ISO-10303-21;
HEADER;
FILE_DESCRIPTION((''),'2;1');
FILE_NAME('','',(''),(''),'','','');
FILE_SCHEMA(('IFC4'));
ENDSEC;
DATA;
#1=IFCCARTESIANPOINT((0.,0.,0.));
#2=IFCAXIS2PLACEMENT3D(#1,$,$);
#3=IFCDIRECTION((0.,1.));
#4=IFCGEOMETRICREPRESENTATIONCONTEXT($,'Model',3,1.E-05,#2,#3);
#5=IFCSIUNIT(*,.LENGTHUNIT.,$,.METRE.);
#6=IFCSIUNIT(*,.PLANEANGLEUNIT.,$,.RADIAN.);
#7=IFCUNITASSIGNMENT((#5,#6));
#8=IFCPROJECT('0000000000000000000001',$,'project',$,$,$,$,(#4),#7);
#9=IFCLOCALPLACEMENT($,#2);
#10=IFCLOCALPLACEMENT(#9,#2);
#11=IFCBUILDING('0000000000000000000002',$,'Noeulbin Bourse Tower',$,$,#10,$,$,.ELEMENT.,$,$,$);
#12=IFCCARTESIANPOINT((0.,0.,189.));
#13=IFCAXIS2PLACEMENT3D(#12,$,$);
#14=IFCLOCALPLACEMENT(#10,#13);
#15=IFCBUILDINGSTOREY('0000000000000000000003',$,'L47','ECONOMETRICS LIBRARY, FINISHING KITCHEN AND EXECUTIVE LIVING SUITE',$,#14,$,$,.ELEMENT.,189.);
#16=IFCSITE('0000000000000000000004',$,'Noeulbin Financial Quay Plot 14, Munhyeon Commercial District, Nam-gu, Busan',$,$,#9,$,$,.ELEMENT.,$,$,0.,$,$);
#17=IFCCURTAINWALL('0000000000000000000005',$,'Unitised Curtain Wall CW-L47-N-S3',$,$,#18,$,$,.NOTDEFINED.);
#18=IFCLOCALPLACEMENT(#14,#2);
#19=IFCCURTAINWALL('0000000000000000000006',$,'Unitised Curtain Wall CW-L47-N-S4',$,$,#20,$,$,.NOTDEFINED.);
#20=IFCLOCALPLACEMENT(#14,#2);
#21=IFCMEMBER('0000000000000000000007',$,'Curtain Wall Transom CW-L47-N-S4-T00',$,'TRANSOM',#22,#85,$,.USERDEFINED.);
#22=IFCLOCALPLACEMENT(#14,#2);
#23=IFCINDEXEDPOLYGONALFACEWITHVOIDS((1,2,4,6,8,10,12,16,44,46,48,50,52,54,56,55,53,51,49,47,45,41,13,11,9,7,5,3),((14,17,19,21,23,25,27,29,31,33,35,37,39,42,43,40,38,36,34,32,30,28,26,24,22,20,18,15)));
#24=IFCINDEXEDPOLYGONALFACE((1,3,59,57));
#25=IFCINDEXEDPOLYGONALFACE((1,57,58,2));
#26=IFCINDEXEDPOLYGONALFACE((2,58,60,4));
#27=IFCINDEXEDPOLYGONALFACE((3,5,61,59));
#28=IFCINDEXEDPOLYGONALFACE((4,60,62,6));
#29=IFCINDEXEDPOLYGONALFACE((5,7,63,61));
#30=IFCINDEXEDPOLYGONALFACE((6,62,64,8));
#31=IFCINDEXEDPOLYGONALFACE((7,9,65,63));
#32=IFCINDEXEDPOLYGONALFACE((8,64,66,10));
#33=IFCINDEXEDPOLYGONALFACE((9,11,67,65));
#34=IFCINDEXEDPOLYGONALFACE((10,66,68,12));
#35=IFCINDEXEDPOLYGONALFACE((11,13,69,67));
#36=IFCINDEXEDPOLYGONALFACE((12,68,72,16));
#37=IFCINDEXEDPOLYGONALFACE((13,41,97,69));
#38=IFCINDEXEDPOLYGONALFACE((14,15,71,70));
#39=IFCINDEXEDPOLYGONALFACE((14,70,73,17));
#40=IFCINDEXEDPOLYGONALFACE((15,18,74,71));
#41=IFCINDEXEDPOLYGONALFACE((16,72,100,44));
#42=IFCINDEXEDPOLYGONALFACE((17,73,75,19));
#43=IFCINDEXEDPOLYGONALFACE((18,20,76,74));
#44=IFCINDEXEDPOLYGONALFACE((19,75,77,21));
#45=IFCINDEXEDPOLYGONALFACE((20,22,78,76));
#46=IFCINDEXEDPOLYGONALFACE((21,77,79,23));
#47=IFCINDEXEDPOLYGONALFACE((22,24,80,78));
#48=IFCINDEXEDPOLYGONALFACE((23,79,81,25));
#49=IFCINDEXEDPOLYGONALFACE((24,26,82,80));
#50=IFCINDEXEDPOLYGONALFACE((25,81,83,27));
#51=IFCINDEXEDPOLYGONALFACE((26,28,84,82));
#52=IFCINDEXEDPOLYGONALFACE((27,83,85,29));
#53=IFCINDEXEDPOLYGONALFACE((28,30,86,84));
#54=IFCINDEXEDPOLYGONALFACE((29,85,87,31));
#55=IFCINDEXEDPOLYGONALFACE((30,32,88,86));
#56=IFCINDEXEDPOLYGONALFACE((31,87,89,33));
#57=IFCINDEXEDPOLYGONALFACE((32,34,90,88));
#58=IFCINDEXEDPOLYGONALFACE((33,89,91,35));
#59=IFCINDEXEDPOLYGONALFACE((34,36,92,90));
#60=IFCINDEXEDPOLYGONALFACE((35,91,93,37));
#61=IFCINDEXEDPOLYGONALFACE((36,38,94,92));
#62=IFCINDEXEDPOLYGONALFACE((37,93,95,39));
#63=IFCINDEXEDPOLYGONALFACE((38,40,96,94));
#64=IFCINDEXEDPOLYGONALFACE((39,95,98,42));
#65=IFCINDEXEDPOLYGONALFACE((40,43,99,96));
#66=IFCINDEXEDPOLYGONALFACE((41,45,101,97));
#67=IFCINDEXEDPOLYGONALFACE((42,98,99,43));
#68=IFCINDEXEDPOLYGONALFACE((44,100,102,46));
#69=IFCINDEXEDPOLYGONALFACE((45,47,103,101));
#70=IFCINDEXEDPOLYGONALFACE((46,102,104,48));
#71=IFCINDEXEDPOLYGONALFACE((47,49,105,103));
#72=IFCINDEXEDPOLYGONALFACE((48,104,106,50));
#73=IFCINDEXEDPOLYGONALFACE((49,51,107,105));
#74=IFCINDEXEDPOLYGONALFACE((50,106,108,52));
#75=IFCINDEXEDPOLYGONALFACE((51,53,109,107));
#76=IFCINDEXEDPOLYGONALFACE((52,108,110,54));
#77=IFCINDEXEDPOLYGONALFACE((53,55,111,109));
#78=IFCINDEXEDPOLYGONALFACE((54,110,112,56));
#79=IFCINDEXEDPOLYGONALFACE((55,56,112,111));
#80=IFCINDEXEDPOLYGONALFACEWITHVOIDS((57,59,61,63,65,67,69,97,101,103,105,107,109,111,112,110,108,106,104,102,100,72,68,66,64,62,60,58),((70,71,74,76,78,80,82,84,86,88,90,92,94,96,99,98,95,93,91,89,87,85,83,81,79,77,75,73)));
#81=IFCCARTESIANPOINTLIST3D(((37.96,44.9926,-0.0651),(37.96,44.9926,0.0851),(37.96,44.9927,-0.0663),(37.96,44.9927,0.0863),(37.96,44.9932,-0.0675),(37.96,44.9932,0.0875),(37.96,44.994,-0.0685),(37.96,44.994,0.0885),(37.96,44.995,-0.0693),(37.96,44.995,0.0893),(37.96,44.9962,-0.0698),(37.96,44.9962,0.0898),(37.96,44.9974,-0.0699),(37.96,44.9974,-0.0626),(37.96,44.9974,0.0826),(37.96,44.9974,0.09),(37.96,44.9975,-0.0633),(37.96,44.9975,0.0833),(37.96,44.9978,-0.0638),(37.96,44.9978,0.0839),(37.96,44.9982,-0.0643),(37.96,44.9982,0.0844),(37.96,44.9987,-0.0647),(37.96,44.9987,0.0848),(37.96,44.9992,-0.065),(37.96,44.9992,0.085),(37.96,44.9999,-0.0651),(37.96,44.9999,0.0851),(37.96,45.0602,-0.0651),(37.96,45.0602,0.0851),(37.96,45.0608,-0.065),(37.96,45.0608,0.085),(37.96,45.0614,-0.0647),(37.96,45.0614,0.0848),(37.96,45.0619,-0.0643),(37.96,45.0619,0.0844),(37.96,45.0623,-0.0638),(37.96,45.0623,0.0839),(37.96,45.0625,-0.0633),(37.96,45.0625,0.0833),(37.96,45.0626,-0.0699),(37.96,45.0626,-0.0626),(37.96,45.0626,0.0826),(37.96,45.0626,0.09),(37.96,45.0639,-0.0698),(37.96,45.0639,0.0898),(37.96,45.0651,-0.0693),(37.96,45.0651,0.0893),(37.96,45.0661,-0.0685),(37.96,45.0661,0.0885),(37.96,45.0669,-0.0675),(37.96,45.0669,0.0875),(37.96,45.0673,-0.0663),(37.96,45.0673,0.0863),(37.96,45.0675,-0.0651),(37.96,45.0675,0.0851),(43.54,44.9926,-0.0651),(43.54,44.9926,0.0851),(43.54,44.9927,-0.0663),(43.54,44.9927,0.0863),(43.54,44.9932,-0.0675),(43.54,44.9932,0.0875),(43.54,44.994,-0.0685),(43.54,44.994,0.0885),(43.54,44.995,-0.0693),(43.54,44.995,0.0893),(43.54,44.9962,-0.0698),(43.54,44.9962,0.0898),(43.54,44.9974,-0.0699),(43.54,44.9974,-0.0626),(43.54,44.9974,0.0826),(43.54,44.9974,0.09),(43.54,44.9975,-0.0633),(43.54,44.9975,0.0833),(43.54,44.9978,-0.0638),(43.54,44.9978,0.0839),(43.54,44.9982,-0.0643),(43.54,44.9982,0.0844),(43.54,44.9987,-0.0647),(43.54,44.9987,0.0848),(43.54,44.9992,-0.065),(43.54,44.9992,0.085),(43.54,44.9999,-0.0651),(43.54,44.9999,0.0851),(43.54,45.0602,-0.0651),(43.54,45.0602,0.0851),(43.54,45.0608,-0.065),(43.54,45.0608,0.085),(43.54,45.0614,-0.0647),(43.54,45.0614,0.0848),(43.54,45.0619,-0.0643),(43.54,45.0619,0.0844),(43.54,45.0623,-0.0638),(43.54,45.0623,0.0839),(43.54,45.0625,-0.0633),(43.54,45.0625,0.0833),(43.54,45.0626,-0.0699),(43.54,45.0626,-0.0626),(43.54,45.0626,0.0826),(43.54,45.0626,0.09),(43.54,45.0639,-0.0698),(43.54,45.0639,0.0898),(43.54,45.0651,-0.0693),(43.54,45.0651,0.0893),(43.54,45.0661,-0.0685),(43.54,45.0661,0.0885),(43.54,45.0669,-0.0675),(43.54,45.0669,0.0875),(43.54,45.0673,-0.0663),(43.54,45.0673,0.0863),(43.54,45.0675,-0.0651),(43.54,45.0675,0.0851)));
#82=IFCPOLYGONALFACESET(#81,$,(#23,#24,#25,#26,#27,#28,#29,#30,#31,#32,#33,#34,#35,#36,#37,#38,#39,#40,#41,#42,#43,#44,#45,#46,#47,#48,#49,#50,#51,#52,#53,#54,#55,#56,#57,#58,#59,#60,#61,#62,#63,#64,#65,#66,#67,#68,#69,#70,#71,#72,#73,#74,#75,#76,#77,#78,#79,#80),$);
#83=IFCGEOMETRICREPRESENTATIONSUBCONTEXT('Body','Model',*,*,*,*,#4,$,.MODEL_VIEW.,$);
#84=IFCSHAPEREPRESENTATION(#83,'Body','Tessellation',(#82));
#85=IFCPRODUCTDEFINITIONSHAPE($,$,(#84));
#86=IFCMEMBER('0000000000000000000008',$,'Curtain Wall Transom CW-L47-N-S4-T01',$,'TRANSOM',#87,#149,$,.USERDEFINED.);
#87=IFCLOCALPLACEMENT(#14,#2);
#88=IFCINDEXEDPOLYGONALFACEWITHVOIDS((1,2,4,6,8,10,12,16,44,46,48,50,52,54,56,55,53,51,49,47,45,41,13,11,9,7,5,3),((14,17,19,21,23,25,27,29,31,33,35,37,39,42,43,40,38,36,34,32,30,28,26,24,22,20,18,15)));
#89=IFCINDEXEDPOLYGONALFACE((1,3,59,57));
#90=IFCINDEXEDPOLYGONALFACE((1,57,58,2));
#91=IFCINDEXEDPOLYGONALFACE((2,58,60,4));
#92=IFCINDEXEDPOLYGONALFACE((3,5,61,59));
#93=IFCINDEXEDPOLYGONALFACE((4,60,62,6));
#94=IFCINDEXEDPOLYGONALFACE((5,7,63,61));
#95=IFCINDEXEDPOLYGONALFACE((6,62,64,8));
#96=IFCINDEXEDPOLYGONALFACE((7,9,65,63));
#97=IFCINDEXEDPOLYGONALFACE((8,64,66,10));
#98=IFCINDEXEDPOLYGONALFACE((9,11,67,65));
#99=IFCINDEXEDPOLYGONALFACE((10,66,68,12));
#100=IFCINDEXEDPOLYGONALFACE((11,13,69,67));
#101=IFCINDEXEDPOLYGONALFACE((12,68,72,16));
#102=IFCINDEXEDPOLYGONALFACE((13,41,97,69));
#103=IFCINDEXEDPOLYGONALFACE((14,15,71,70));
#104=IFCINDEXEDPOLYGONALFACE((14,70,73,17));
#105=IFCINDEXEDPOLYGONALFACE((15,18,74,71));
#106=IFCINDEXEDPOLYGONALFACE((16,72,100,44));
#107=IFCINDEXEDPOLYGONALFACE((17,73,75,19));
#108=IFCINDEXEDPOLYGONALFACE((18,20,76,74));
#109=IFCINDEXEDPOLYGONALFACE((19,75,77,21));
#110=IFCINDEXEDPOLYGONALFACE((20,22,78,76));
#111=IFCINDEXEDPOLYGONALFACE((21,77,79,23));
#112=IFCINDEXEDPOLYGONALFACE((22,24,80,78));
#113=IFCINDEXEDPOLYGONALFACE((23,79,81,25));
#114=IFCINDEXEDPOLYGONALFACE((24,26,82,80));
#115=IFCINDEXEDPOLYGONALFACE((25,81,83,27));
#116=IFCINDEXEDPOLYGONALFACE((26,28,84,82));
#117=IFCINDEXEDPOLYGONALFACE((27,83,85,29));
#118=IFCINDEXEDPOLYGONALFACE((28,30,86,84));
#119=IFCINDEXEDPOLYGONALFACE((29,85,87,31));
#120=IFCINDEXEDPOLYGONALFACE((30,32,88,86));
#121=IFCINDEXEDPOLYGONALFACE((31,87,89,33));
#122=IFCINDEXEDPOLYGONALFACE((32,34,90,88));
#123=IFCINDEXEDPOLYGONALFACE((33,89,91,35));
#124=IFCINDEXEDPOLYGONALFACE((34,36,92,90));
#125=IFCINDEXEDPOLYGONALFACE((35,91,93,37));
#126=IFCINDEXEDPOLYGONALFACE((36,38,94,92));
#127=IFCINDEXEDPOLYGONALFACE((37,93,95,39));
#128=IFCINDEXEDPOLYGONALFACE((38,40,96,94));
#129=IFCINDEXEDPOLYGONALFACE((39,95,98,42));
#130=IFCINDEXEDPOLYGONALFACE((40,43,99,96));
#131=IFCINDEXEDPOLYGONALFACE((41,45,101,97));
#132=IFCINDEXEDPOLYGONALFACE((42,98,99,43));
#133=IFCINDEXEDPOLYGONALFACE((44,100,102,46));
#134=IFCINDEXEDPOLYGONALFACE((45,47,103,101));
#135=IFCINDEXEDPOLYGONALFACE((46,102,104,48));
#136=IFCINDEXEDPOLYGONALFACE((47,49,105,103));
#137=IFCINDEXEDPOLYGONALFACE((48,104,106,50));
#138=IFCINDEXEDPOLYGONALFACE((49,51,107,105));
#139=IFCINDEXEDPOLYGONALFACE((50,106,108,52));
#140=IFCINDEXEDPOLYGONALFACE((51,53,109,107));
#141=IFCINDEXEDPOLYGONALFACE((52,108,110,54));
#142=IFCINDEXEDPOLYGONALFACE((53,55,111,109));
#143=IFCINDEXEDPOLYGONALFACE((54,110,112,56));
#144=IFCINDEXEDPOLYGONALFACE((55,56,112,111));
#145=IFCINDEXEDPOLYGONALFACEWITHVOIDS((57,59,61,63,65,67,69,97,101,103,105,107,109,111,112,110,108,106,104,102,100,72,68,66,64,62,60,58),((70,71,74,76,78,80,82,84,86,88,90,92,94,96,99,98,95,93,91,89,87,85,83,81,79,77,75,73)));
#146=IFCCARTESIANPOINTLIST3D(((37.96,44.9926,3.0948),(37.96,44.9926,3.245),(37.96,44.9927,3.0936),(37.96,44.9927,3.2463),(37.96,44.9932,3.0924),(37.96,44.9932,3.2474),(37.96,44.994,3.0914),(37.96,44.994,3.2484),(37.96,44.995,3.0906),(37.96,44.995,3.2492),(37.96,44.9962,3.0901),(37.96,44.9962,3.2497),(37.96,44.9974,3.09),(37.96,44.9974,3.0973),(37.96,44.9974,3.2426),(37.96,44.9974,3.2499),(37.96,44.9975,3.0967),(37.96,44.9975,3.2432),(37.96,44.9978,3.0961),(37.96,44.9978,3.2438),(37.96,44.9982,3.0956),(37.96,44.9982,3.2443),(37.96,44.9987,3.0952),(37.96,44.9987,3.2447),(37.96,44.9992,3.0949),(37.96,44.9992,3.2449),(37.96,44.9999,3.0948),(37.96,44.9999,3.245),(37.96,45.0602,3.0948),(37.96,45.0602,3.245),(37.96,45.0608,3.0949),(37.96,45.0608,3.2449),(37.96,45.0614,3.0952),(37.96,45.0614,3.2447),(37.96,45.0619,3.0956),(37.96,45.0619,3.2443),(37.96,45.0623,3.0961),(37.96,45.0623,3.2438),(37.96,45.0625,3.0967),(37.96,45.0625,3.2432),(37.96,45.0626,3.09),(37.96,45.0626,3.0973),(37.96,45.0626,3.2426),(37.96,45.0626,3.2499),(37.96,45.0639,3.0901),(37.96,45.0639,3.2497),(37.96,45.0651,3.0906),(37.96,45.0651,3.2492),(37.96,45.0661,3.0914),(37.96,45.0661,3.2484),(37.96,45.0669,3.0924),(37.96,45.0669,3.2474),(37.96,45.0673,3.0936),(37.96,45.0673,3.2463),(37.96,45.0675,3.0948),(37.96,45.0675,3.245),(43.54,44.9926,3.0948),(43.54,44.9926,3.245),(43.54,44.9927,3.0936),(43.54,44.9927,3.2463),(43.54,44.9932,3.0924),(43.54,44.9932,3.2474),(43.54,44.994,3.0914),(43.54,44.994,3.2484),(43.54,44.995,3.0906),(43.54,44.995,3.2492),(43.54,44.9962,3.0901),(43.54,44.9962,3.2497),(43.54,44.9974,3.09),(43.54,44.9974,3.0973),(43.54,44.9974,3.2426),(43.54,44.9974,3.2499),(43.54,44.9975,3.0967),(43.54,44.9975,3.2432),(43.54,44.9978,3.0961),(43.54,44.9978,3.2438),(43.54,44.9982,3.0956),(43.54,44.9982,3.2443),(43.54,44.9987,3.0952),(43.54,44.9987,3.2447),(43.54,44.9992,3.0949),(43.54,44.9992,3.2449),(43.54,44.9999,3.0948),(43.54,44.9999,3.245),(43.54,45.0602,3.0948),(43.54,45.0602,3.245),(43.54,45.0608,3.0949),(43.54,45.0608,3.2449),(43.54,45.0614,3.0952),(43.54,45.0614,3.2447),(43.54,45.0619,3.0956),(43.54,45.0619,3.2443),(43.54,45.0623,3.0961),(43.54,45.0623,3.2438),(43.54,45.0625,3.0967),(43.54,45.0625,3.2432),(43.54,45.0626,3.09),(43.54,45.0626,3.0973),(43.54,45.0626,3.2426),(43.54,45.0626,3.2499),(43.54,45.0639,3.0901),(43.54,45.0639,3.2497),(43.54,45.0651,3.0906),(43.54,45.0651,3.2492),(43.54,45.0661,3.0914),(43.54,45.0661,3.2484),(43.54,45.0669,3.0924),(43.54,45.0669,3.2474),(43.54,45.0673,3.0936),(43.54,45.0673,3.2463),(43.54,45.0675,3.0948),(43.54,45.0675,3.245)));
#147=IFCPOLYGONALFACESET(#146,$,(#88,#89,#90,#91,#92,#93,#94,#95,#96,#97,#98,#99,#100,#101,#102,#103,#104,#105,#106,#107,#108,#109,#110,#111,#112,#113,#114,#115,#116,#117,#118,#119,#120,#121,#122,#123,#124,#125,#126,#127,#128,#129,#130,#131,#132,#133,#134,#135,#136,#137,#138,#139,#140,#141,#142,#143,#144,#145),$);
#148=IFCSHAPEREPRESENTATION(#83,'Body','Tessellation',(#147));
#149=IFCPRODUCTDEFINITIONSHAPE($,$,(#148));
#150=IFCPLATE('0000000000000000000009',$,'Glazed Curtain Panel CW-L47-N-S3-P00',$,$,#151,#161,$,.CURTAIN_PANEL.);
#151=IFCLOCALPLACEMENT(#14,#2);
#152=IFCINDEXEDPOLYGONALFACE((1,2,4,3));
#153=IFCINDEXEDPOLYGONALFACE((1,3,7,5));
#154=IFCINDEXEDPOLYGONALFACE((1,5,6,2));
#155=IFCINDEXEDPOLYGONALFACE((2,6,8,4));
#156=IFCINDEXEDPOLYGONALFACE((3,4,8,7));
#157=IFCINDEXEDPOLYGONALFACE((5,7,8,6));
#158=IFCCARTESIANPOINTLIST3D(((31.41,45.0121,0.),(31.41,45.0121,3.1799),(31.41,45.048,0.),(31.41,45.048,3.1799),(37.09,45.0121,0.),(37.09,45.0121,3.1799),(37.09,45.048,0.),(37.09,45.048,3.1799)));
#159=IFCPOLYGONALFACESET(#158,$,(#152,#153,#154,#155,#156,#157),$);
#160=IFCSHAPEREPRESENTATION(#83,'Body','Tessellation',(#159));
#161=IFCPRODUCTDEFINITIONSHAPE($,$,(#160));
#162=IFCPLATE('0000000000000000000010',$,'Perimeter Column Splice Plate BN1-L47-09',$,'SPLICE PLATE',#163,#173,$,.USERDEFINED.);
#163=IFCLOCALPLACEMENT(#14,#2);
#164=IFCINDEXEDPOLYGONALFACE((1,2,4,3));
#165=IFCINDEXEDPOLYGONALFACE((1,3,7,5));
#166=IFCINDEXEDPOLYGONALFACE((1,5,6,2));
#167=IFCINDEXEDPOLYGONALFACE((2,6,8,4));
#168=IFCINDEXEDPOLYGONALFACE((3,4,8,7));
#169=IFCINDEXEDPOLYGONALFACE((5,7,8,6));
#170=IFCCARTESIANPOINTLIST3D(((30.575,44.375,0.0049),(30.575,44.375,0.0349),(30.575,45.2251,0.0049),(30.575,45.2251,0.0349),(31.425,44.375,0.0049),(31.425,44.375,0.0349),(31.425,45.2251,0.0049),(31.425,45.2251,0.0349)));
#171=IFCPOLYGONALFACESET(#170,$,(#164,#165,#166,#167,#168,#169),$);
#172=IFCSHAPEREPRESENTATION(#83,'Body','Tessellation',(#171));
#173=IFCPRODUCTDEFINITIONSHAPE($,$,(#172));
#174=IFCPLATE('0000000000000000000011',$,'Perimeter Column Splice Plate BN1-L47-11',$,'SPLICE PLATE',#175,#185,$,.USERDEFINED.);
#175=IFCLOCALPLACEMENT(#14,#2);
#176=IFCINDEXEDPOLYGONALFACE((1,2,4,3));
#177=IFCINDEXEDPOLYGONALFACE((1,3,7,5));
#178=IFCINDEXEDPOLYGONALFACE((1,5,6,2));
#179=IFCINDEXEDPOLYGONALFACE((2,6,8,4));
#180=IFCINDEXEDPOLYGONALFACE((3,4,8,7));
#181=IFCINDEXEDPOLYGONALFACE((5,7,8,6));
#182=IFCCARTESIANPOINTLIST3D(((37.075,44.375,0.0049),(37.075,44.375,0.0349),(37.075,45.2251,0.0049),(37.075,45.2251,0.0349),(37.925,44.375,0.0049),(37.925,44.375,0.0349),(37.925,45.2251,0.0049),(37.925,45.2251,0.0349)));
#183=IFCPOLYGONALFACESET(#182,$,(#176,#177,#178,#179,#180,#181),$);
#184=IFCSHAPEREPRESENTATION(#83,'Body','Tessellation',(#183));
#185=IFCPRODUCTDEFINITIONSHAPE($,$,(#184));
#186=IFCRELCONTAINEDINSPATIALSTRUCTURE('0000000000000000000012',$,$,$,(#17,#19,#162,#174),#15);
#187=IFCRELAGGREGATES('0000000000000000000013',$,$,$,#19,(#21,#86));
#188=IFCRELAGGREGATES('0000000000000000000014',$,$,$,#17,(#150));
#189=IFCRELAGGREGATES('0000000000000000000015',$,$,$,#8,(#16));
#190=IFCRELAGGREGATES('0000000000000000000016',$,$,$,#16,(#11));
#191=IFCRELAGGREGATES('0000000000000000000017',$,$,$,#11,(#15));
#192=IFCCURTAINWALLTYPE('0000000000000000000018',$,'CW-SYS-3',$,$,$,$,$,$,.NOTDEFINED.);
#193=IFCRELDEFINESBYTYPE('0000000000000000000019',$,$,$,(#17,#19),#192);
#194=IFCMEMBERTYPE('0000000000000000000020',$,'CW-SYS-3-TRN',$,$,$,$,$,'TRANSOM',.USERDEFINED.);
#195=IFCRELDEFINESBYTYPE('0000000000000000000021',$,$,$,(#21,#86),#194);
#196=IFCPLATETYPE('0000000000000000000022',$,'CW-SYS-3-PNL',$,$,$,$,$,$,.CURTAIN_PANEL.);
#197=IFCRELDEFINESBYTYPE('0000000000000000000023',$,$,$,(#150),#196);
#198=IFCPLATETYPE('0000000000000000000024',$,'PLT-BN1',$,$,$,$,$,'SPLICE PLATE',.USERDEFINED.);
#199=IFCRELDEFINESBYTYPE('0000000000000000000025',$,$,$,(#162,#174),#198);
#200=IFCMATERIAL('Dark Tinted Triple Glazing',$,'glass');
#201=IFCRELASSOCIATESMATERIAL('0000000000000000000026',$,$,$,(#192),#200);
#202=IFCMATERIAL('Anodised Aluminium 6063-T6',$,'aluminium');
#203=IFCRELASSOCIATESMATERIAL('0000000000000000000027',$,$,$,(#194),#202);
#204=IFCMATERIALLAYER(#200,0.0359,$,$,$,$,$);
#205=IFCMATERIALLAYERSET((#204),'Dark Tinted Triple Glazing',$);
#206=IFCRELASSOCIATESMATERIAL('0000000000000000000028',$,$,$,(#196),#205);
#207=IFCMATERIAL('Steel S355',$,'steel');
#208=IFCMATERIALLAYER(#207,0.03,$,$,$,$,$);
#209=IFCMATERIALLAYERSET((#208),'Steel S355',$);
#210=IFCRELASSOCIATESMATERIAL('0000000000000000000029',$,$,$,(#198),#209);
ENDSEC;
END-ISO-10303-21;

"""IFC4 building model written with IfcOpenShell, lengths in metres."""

from ifc_helpers import new_model, si_unit, direction, frame, origin, origin_2d, place, context, subcontext, project, spatial, rectangle, hollow_rectangle, extrude, material, layer, layer_set, material_profile, profile_set, type_object, element, aggregate, save


model = new_model("IFC4")

# Units and contexts
model_context = context("Model", 3, precision=1e-05, world=origin(), true_north=direction((0.0, 1.0)))
body_context = subcontext(model_context, "Body", "Model", "MODEL_VIEW")
ifc_project = project(units=[si_unit("LENGTHUNIT", "METRE"), si_unit("PLANEANGLEUNIT", "RADIAN")], contexts=[model_context])

# Site, building, storey
site_placement = place(None, origin())
site = spatial("IfcSite", under=ifc_project, at=site_placement, Name="Noeulbin Financial Quay Plot 14, Munhyeon Commercial District, Nam-gu, Busan", CompositionType="ELEMENT", RefElevation=0.0)
building_placement = place(site_placement, origin())
building = spatial("IfcBuilding", under=site, at=building_placement, Name="Noeulbin Bourse Tower", CompositionType="ELEMENT")
storey_placement = place(building_placement, frame((0.0, 0.0, 189.0)))
storey = spatial("IfcBuildingStorey", under=building, at=storey_placement, Name="L47", Description="ECONOMETRICS LIBRARY, FINISHING KITCHEN AND EXECUTIVE LIVING SUITE", CompositionType="ELEMENT", Elevation=189.0)

# Shared definitions
ifc_material_1 = material(Name="Steel S355", Category="steel")

# Shared definitions
ifc_material_2 = material(Name="Dark Tinted Triple Glazing", Category="glass")
curtain_wall_type = type_object("IfcCurtainWallType", Name="CW-SYS-3", PredefinedType="NOTDEFINED", material=ifc_material_2)
ifc_material_3 = material(Name="Anodised Aluminium 6063-T6", Category="aluminium")

# Curtain wall
curtain_wall_1_placement = place(storey_placement, origin())
curtain_wall_1 = element("IfcCurtainWall", 1, at=curtain_wall_1_placement, inside=storey, type_object=curtain_wall_type, Name="Unitised Curtain Wall CW-L47-N-S3", PredefinedType="NOTDEFINED")

# Curtain wall
curtain_wall_2_placement = place(storey_placement, origin())
curtain_wall_2 = element("IfcCurtainWall", 2, at=curtain_wall_2_placement, inside=storey, type_object=curtain_wall_type, Name="Unitised Curtain Wall CW-L47-N-S4", PredefinedType="NOTDEFINED")

# Members
ifc_material_profile_1 = material_profile(ifc_material_3, hollow_rectangle(XDim=0.075, YDim=0.1599, WallThickness=0.0049, InnerFilletRadius=0.0024, OuterFilletRadius=0.0049, at=origin_2d()), Name="ALU-TRAN-75x160x5", Category="LoadBearing")
ifc_profile_set_1 = profile_set([ifc_material_profile_1], Name="Anodised Aluminium 6063-T6")
member_type_1 = type_object("IfcMemberType", Name="CW-SYS-3-TRN", ElementType="TRANSOM", PredefinedType="USERDEFINED", material=ifc_profile_set_1)
member_1_placement = place(storey_placement, frame((37.96, 45.03, 0.01), z_axis=(1.0, 0.0, 0.0), x_axis=(0.0, 1.0, 0.0)))
member_1 = element("IfcMember", 3, at=member_1_placement, type_object=member_type_1, Name="Curtain Wall Transom CW-L47-N-S4-T00", ObjectType="TRANSOM", PredefinedType="USERDEFINED", context=body_context, shape_type="SweptSolid", body=[
    extrude(hollow_rectangle(XDim=0.075, YDim=0.1599, WallThickness=0.0049, InnerFilletRadius=0.0024, OuterFilletRadius=0.0049, at=origin_2d()), origin(), (0.0, 0.0, 1.0), 5.5801),
])
member_2_placement = place(storey_placement, frame((37.96, 45.03, 3.1699), z_axis=(1.0, 0.0, 0.0), x_axis=(0.0, 1.0, 0.0)))
member_2 = element("IfcMember", 4, at=member_2_placement, type_object=member_type_1, Name="Curtain Wall Transom CW-L47-N-S4-T01", ObjectType="TRANSOM", PredefinedType="USERDEFINED", context=body_context, shape_type="SweptSolid", body=[
    extrude(hollow_rectangle(XDim=0.075, YDim=0.1599, WallThickness=0.0049, InnerFilletRadius=0.0024, OuterFilletRadius=0.0049, at=origin_2d()), origin(), (0.0, 0.0, 1.0), 5.5801),
])
aggregate(curtain_wall_2, [member_1, member_2])

# Plate
ifc_layer_1 = layer(ifc_material_2, 0.0359)
ifc_layer_set_1 = layer_set([ifc_layer_1], Name="Dark Tinted Triple Glazing")
plate_type_1 = type_object("IfcPlateType", Name="CW-SYS-3-PNL", PredefinedType="CURTAIN_PANEL", material=ifc_layer_set_1)
plate_placement = place(storey_placement, frame((34.25, 45.03, 0.0), z_axis=(0.0, 0.0, 1.0), x_axis=(1.0, 0.0, 0.0)))
plate = element("IfcPlate", 5, at=plate_placement, type_object=plate_type_1, Name="Glazed Curtain Panel CW-L47-N-S3-P00", PredefinedType="CURTAIN_PANEL", context=body_context, shape_type="SweptSolid", body=[
    extrude(rectangle(XDim=5.6799, YDim=0.0359, at=origin_2d()), origin(), (0.0, 0.0, 1.0), 3.1799),
])
aggregate(curtain_wall_1, [plate])

# Plates
ifc_layer_2 = layer(ifc_material_1, 0.03)
ifc_layer_set_2 = layer_set([ifc_layer_2], Name="Steel S355")
plate_type_2 = type_object("IfcPlateType", Name="PLT-BN1", ElementType="SPLICE PLATE", PredefinedType="USERDEFINED", material=ifc_layer_set_2)
for number, where, z_axis, x_axis, name in (
    (6, (31.0, 44.8, 0.0049), (0.0, 0.0, 1.0), (1.0, 0.0, 0.0), "Perimeter Column Splice Plate BN1-L47-09"),
    (7, (37.5, 44.8, 0.0049), (0.0, 0.0, 1.0), (1.0, 0.0, 0.0), "Perimeter Column Splice Plate BN1-L47-11"),
):
    element("IfcPlate", number, at=place(storey_placement, frame(where, z_axis=z_axis, x_axis=x_axis)), inside=storey, type_object=plate_type_2, Name=name, ObjectType="SPLICE PLATE", PredefinedType="USERDEFINED", context=body_context, shape_type="SweptSolid", body=[
        extrude(rectangle(XDim=0.8501, YDim=0.8501, at=origin_2d()), origin(), (0.0, 0.0, 1.0), 0.03),
    ])

save(model, "model.ifc")
